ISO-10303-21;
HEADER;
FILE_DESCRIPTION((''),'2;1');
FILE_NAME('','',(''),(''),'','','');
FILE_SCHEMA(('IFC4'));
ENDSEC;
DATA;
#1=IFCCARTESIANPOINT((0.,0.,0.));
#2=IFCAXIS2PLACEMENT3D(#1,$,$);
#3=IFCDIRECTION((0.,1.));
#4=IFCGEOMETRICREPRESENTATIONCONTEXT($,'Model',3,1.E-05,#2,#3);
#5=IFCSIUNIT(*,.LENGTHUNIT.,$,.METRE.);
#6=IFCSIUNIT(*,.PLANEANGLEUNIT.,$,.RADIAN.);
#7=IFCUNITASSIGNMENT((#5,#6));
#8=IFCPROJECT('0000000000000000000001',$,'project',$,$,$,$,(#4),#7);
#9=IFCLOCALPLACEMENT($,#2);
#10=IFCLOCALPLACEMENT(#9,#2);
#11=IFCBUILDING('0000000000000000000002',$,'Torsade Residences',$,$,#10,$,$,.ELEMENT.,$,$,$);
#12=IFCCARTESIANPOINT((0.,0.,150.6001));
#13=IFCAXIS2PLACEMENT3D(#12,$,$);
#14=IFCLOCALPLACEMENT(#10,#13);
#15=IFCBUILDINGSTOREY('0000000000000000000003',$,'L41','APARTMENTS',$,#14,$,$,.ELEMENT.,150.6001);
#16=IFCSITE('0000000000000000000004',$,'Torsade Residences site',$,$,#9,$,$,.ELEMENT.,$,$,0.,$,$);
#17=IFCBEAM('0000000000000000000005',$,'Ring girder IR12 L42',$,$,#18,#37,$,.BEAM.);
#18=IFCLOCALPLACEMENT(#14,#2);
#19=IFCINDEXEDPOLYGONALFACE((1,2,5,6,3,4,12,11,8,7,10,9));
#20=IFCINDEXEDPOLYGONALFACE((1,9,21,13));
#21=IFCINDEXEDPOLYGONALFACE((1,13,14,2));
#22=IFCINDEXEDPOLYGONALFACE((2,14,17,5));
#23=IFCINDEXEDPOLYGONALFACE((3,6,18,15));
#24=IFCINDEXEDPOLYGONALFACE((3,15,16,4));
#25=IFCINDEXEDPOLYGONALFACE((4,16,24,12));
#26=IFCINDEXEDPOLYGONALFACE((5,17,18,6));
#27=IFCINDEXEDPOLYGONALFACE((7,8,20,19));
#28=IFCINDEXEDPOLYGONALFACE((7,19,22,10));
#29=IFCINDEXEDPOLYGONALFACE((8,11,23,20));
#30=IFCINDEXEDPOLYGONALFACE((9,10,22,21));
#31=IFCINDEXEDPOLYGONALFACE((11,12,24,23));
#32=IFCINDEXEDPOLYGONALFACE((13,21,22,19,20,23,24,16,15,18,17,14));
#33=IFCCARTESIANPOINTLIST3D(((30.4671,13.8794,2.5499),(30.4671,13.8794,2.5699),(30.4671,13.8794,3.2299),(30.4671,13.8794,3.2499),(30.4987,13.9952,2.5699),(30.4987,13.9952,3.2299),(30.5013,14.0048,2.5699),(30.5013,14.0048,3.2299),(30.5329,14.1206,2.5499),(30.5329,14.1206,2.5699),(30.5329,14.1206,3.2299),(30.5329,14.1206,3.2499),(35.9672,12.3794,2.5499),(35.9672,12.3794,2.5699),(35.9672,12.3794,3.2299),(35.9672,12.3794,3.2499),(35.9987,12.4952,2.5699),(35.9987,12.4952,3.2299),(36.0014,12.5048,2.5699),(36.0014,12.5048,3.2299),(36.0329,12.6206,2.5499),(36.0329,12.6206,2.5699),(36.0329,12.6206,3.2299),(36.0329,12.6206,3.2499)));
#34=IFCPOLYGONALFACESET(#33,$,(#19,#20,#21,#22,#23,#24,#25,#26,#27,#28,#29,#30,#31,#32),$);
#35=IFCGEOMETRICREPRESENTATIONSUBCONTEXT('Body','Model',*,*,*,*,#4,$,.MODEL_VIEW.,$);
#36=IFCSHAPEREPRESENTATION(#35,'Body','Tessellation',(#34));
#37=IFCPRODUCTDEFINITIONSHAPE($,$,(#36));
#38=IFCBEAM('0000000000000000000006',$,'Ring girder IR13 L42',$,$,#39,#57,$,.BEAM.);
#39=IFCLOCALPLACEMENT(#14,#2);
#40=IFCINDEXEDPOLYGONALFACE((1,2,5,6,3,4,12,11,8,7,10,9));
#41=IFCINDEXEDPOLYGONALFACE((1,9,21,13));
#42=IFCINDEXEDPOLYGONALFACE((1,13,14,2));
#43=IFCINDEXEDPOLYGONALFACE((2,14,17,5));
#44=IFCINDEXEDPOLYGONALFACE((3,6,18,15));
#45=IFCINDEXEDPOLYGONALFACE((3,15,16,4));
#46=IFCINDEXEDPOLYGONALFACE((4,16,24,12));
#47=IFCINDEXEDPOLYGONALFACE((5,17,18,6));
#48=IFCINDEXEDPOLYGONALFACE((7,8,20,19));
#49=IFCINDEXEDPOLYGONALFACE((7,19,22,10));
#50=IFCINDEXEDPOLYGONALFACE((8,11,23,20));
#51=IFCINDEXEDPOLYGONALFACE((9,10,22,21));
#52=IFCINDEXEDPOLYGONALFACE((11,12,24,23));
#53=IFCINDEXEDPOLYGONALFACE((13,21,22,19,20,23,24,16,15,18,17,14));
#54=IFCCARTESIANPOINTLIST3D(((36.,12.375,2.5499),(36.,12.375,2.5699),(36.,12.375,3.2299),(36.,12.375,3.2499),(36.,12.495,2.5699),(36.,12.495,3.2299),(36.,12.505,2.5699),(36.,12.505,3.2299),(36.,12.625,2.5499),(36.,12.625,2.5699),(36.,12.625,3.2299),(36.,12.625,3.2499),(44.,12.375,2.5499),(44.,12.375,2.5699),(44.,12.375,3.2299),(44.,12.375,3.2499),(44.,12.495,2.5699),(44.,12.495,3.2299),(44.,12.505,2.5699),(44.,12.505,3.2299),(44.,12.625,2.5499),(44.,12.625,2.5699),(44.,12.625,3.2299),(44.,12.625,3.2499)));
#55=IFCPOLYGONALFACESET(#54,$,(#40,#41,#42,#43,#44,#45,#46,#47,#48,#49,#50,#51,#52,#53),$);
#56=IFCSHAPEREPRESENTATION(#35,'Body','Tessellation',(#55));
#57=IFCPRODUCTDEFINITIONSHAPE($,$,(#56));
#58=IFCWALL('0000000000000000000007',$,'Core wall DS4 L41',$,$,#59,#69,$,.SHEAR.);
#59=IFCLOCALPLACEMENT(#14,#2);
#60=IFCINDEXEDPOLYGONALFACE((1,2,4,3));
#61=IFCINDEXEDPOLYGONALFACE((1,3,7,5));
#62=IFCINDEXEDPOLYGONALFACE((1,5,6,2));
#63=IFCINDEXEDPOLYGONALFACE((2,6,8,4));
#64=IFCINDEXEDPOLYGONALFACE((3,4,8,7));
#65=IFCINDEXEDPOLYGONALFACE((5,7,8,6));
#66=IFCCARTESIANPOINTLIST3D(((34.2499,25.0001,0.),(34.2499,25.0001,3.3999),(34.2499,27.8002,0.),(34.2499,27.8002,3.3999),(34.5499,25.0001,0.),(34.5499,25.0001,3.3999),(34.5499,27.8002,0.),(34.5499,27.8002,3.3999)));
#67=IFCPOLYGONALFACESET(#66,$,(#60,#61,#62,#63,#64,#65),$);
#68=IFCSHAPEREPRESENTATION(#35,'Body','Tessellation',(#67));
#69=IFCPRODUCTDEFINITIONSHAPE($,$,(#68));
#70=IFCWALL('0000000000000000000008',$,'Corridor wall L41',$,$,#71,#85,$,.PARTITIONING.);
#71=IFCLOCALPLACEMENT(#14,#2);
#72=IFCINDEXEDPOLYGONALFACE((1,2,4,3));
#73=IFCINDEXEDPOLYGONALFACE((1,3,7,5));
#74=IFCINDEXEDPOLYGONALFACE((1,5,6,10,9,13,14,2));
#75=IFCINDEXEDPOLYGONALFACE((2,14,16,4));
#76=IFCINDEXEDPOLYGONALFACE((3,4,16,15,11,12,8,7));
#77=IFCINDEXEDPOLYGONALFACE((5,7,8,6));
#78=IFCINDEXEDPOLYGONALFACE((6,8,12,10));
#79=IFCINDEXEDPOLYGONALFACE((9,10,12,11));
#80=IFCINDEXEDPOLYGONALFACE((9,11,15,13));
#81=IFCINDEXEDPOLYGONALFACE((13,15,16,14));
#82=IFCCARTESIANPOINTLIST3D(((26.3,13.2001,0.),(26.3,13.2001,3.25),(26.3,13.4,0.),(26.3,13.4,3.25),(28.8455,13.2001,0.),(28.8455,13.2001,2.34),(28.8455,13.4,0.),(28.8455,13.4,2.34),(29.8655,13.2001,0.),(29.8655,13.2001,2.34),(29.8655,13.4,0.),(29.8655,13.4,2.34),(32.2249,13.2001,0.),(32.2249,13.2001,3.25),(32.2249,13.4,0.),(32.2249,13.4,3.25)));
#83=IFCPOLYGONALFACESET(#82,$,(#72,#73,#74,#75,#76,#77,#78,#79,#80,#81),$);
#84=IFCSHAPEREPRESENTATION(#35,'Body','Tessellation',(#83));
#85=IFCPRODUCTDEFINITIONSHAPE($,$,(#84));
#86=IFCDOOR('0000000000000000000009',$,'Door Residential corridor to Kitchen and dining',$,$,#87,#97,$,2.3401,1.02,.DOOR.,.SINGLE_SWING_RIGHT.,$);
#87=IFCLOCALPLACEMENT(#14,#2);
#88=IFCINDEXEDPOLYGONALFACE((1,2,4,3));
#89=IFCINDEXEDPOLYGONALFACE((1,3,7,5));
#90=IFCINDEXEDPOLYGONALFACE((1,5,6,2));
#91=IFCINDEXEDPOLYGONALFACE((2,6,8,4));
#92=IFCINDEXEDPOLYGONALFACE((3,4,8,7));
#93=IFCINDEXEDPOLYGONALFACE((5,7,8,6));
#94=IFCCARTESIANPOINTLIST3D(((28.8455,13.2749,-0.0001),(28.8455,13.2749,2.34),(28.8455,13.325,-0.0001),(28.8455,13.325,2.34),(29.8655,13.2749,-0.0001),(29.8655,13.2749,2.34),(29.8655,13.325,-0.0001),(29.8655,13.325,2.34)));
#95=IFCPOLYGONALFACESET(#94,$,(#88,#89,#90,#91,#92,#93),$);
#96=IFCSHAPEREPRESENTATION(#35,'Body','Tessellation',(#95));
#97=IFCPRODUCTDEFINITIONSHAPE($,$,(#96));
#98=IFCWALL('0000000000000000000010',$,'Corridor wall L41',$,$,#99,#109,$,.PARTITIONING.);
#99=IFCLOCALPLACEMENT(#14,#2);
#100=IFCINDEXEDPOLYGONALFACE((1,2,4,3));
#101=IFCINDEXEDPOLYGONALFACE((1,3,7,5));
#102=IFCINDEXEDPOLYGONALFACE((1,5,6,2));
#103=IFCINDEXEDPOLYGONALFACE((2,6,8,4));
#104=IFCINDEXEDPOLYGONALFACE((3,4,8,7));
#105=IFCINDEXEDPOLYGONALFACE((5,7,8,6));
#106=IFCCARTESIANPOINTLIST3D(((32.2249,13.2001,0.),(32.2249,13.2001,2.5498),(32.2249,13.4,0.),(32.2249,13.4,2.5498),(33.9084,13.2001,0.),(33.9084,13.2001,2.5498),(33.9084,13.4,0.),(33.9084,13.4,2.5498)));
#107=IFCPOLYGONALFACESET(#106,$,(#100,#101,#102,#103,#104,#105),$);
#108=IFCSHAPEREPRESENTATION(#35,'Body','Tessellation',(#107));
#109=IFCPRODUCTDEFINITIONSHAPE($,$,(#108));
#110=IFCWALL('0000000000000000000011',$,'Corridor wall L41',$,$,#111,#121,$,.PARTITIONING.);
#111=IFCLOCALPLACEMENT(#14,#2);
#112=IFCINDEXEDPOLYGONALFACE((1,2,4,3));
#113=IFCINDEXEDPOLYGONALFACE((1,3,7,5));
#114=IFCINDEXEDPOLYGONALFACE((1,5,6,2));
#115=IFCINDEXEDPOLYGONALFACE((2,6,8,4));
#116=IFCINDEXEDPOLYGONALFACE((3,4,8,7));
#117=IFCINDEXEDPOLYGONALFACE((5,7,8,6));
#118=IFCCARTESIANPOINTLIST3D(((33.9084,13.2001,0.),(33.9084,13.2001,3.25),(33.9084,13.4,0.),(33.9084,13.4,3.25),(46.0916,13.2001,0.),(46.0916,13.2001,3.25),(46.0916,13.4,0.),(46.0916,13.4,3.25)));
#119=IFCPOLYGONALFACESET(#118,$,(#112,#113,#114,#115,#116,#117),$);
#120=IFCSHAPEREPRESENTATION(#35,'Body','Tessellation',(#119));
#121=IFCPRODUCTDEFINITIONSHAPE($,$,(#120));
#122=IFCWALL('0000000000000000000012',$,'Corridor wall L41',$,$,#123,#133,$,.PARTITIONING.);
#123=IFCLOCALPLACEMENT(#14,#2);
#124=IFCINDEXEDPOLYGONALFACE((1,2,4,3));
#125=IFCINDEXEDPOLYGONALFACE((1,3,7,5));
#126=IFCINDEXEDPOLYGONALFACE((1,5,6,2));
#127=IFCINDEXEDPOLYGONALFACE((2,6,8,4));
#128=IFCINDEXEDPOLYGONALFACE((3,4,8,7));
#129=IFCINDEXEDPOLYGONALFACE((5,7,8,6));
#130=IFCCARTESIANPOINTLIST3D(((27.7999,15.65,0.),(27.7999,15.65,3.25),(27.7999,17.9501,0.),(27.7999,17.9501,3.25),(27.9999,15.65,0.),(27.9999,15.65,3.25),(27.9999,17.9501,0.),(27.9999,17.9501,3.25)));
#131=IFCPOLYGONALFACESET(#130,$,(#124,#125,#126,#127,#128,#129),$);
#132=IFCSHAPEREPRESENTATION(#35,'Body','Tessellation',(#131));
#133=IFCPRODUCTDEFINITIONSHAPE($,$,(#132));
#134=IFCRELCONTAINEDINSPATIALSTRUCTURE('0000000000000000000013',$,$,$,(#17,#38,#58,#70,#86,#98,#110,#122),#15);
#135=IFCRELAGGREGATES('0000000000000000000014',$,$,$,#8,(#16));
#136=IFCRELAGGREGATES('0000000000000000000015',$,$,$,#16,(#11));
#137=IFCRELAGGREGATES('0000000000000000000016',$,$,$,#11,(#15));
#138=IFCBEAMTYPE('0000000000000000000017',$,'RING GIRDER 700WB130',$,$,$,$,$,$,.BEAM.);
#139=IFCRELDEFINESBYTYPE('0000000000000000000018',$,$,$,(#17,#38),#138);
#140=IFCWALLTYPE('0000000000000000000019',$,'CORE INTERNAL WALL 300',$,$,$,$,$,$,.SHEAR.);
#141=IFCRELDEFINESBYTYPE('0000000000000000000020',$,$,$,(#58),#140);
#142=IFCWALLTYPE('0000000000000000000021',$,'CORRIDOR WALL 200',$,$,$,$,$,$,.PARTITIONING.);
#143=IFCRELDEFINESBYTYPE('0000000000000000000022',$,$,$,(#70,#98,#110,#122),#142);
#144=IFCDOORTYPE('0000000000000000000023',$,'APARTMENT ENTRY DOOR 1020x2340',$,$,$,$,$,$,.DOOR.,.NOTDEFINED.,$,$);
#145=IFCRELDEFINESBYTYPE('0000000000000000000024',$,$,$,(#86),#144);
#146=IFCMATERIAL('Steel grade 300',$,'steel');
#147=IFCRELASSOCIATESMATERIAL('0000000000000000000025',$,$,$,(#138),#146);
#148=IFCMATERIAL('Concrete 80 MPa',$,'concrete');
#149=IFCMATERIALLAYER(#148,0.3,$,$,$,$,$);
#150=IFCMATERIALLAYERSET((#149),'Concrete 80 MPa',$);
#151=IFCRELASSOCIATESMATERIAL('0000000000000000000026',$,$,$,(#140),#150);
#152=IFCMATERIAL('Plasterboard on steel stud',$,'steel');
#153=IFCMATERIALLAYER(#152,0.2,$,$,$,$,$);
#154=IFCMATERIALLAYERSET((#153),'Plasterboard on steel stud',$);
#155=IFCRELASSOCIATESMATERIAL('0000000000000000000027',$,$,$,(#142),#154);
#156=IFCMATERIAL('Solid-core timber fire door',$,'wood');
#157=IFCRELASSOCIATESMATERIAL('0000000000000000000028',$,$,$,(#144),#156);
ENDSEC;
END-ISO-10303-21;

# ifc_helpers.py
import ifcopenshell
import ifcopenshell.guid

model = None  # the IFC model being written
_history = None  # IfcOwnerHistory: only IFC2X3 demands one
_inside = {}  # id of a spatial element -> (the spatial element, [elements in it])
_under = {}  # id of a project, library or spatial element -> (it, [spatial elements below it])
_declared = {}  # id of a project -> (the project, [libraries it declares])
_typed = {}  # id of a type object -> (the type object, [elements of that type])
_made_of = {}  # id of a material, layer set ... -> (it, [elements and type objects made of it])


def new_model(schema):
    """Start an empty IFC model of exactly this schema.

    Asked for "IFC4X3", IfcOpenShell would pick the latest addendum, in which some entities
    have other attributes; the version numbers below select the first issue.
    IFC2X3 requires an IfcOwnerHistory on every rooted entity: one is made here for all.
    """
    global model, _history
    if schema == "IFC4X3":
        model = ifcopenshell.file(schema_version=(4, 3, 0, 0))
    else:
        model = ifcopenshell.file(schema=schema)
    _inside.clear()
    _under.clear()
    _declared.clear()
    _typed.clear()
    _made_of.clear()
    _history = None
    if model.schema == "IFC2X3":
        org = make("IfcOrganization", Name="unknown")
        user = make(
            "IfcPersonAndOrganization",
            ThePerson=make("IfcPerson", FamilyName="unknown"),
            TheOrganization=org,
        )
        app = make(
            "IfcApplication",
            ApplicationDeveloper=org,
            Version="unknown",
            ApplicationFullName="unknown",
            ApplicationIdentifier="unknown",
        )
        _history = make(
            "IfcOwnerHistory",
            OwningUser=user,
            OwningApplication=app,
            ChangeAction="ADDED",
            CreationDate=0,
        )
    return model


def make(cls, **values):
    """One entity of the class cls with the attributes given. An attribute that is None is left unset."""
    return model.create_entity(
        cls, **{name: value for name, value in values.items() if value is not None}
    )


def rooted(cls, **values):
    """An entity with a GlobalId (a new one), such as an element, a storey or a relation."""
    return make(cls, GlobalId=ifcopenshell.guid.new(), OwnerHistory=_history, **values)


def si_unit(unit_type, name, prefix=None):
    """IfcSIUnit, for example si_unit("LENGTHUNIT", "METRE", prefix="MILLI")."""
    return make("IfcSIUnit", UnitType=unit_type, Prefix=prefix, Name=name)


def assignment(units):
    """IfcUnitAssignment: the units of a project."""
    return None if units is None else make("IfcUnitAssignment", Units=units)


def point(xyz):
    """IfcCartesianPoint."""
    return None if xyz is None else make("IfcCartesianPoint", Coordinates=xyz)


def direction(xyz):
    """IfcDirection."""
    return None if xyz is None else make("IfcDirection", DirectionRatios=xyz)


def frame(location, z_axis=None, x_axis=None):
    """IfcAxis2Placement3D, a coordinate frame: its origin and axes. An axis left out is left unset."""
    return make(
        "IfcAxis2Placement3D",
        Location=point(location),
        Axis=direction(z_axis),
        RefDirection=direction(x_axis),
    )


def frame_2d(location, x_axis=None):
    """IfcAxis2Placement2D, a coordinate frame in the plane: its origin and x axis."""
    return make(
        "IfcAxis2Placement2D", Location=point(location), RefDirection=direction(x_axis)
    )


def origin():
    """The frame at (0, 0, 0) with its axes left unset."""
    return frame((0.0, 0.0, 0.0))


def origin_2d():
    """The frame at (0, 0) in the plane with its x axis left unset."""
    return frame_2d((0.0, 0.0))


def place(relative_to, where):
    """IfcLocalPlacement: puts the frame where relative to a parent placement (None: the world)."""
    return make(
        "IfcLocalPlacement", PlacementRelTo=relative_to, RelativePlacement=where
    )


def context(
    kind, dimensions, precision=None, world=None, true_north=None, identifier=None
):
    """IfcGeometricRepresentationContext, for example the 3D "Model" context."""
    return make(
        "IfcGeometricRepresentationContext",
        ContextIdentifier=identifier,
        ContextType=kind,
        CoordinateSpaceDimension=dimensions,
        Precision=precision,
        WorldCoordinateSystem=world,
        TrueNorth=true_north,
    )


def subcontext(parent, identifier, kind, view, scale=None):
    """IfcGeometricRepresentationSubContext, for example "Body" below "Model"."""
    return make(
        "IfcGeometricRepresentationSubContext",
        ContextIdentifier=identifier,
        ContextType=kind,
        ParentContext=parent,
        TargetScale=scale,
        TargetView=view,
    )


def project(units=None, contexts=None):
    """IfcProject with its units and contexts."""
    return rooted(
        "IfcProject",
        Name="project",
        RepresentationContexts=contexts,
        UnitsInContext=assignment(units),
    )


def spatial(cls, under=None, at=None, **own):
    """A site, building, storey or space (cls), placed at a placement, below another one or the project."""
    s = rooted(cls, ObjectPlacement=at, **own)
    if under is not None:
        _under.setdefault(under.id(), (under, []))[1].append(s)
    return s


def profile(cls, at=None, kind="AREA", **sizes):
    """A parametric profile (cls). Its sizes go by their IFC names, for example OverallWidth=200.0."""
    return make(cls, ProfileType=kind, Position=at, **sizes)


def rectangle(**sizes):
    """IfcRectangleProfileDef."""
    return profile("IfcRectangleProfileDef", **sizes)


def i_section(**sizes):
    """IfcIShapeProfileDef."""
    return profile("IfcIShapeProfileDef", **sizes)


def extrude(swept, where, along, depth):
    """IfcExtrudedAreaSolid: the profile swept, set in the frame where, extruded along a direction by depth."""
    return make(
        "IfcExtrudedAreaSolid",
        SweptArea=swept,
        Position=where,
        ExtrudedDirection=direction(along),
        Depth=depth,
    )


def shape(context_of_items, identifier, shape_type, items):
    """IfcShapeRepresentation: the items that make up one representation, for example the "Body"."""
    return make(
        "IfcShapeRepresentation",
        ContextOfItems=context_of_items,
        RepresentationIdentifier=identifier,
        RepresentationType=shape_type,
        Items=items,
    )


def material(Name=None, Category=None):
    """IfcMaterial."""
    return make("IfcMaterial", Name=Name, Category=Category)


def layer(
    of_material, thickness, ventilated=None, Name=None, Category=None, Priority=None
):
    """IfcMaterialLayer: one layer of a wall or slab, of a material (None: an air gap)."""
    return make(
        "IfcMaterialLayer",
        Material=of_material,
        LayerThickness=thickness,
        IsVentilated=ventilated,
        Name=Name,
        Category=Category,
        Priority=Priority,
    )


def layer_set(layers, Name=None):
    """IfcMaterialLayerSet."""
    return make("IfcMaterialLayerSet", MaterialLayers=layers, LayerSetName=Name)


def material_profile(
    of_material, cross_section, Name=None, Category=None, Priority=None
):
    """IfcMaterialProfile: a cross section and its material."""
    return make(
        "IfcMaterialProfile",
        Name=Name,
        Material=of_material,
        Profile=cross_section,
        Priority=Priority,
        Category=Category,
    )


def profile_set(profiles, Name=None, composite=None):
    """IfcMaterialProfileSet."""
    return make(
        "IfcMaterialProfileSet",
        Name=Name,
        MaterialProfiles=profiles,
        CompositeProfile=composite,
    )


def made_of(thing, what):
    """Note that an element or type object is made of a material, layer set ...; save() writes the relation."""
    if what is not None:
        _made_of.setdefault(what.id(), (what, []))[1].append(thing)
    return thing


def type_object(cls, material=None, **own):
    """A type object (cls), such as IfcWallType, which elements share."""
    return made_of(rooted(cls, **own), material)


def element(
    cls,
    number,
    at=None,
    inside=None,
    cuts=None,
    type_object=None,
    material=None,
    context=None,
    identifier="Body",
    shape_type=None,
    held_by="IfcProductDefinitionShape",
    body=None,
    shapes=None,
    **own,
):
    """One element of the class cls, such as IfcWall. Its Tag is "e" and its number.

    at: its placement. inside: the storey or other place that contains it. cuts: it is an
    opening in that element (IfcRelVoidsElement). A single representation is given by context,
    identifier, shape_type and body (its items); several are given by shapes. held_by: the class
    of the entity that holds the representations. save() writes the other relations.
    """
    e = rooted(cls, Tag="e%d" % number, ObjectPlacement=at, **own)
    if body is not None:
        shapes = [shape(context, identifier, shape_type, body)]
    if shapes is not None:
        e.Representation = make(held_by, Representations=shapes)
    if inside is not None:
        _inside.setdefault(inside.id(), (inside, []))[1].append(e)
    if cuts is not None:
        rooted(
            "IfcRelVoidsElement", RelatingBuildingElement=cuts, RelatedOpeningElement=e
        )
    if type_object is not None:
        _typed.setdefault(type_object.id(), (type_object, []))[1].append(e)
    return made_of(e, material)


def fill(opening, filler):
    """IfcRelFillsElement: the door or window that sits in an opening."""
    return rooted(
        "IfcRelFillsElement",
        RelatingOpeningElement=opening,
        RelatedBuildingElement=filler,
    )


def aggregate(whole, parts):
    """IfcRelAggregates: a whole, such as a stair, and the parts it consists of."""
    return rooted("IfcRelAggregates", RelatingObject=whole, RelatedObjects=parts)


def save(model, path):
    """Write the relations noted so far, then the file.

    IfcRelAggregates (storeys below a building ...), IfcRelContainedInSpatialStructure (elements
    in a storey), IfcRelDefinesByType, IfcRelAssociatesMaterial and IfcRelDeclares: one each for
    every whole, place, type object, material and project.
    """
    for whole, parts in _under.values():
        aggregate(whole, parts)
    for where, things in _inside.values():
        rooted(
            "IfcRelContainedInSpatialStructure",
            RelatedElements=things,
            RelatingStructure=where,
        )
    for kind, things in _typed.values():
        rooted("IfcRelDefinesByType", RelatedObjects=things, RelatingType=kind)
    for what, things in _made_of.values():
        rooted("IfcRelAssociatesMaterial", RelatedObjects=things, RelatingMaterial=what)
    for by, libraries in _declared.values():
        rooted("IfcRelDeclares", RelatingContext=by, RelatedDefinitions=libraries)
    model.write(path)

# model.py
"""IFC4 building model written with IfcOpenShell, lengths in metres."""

from ifc_helpers import new_model, si_unit, direction, frame, frame_2d, origin, origin_2d, place, context, subcontext, project, spatial, rectangle, i_section, extrude, material, layer, layer_set, material_profile, profile_set, type_object, element, fill, save


model = new_model("IFC4")

# Units and contexts
model_context = context("Model", 3, precision=1e-05, world=origin(), true_north=direction((0.0, 1.0)))
body_context = subcontext(model_context, "Body", "Model", "MODEL_VIEW")
ifc_project = project(units=[si_unit("LENGTHUNIT", "METRE"), si_unit("PLANEANGLEUNIT", "RADIAN")], contexts=[model_context])

# Site, building, storey
site_placement = place(None, origin())
site = spatial("IfcSite", under=ifc_project, at=site_placement, Name="Torsade Residences site", CompositionType="ELEMENT", RefElevation=0.0)
building_placement = place(site_placement, origin())
building = spatial("IfcBuilding", under=site, at=building_placement, Name="Torsade Residences", CompositionType="ELEMENT")
storey_placement = place(building_placement, frame((0.0, 0.0, 150.6001)))
storey = spatial("IfcBuildingStorey", under=building, at=storey_placement, Name="L41", Description="APARTMENTS", CompositionType="ELEMENT", Elevation=150.6001)

# Beams
ifc_material_1 = material(Name="Steel grade 300", Category="steel")
ifc_material_profile_1 = material_profile(ifc_material_1, i_section(OverallWidth=0.25, OverallDepth=0.7, WebThickness=0.01, FlangeThickness=0.02, at=origin_2d()), Name="700WB130")
ifc_profile_set_1 = profile_set([ifc_material_profile_1], Name="Steel grade 300")
beam_type_1 = type_object("IfcBeamType", Name="RING GIRDER 700WB130", PredefinedType="BEAM", material=ifc_profile_set_1)
beam_1_placement = place(storey_placement, frame((30.5, 14.0, 2.8999), z_axis=(0.964764, -0.263117, 0.0), x_axis=(0.263117, 0.964764, 0.0)))
element("IfcBeam", 1, at=beam_1_placement, inside=storey, type_object=beam_type_1, Name="Ring girder IR12 L42", PredefinedType="BEAM", context=body_context, shape_type="SweptSolid", body=[
    extrude(i_section(OverallWidth=0.25, OverallDepth=0.7, WebThickness=0.01, FlangeThickness=0.02, at=origin_2d()), origin(), (0.0, 0.0, 1.0), 5.7009),
])
beam_2_placement = place(storey_placement, frame((36.0, 12.5, 2.8999), z_axis=(1.0, 0.0, 0.0), x_axis=(0.0, 1.0, 0.0)))
element("IfcBeam", 2, at=beam_2_placement, inside=storey, type_object=beam_type_1, Name="Ring girder IR13 L42", PredefinedType="BEAM", context=body_context, shape_type="SweptSolid", body=[
    extrude(i_section(OverallWidth=0.25, OverallDepth=0.7, WebThickness=0.01, FlangeThickness=0.02, at=origin_2d()), origin(), (0.0, 0.0, 1.0), 8.0),
])

# Wall
ifc_material_2 = material(Name="Concrete 80 MPa", Category="concrete")
ifc_layer_1 = layer(ifc_material_2, 0.3)
ifc_layer_set_1 = layer_set([ifc_layer_1], Name="Concrete 80 MPa")
wall_type_1 = type_object("IfcWallType", Name="CORE INTERNAL WALL 300", PredefinedType="SHEAR", material=ifc_layer_set_1)
wall_1_placement = place(storey_placement, frame((34.3999, 27.8, 0.0), z_axis=(0.0, 0.0, 1.0), x_axis=(0.0, -1.0, 0.0)))
element("IfcWall", 3, at=wall_1_placement, inside=storey, type_object=wall_type_1, Name="Core wall DS4 L41", PredefinedType="SHEAR", context=body_context, shape_type="SweptSolid", body=[
    extrude(rectangle(XDim=2.8, YDim=0.3, at=frame_2d((1.3999, 0.0))), origin(), (0.0, 0.0, 1.0), 3.3999),
])

# Wall, opening, door
ifc_material_3 = material(Name="Plasterboard on steel stud", Category="steel")
ifc_layer_2 = layer(ifc_material_3, 0.2)
ifc_layer_set_2 = layer_set([ifc_layer_2], Name="Plasterboard on steel stud")
wall_type_2 = type_object("IfcWallType", Name="CORRIDOR WALL 200", PredefinedType="PARTITIONING", material=ifc_layer_set_2)
wall_2_placement = place(storey_placement, frame((26.3, 13.3, 0.0), z_axis=(0.0, 0.0, 1.0), x_axis=(1.0, 0.0, 0.0)))
wall_2 = element("IfcWall", 4, at=wall_2_placement, inside=storey, type_object=wall_type_2, Name="Corridor wall L41", PredefinedType="PARTITIONING", context=body_context, shape_type="SweptSolid", body=[
    extrude(rectangle(XDim=5.9248, YDim=0.2, at=frame_2d((2.9624, 0.0))), origin(), (0.0, 0.0, 1.0), 3.25),
])
opening_1_placement = place(wall_2_placement, frame((2.5454, 0.0, 0.0)))
opening_1 = element("IfcOpeningElement", 5, at=opening_1_placement, cuts=wall_2, PredefinedType="OPENING", context=body_context, shape_type="SweptSolid", body=[
    extrude(rectangle(XDim=1.02, YDim=2.3401, at=frame_2d((0.51, 1.1699))), frame((0.0, 0.1099, 0.0), z_axis=(0.0, -1.0, 0.0), x_axis=(1.0, 0.0, 0.0)), (0.0, 0.0, 1.0), 0.22),
])
ifc_material_4 = material(Name="Solid-core timber fire door", Category="wood")
door_type_1 = type_object("IfcDoorType", Name="APARTMENT ENTRY DOOR 1020x2340", OperationType="NOTDEFINED", PredefinedType="DOOR", material=ifc_material_4)
door_1_placement = place(opening_1_placement, origin())
door_1 = element("IfcDoor", 6, at=door_1_placement, inside=storey, type_object=door_type_1, Name="Door Residential corridor to Kitchen and dining", OperationType="SINGLE_SWING_RIGHT", OverallHeight=2.3401, OverallWidth=1.02, PredefinedType="DOOR", context=body_context, shape_type="SweptSolid", body=[
    extrude(rectangle(XDim=1.02, YDim=2.3401, at=frame_2d((0.51, 1.1699))), frame((0.0, 0.0249, 0.0), z_axis=(0.0, -1.0, 0.0), x_axis=(1.0, 0.0, 0.0)), (0.0, 0.0, 1.0), 0.05),
])
fill(opening_1, door_1)

# Walls
wall_3_placement = place(storey_placement, frame((32.2249, 13.3, 0.0), z_axis=(0.0, 0.0, 1.0), x_axis=(1.0, 0.0, 0.0)))
element("IfcWall", 7, at=wall_3_placement, inside=storey, type_object=wall_type_2, Name="Corridor wall L41", PredefinedType="PARTITIONING", context=body_context, shape_type="SweptSolid", body=[
    extrude(rectangle(XDim=1.6836, YDim=0.2, at=frame_2d((0.8418, 0.0))), origin(), (0.0, 0.0, 1.0), 2.5498),
])
wall_4_placement = place(storey_placement, frame((33.9084, 13.3, 0.0), z_axis=(0.0, 0.0, 1.0), x_axis=(1.0, 0.0, 0.0)))
element("IfcWall", 8, at=wall_4_placement, inside=storey, type_object=wall_type_2, Name="Corridor wall L41", PredefinedType="PARTITIONING", context=body_context, shape_type="SweptSolid", body=[
    extrude(rectangle(XDim=12.1831, YDim=0.2, at=frame_2d((6.0916, 0.0))), origin(), (0.0, 0.0, 1.0), 3.25),
])
wall_5_placement = place(storey_placement, frame((27.8999, 17.95, 0.0), z_axis=(0.0, 0.0, 1.0), x_axis=(0.0, -1.0, 0.0)))
element("IfcWall", 9, at=wall_5_placement, inside=storey, type_object=wall_type_2, Name="Corridor wall L41", PredefinedType="PARTITIONING", context=body_context, shape_type="SweptSolid", body=[
    extrude(rectangle(XDim=2.3, YDim=0.2, at=frame_2d((1.1499, 0.0))), origin(), (0.0, 0.0, 1.0), 3.25),
])

save(model, "model.ifc")
